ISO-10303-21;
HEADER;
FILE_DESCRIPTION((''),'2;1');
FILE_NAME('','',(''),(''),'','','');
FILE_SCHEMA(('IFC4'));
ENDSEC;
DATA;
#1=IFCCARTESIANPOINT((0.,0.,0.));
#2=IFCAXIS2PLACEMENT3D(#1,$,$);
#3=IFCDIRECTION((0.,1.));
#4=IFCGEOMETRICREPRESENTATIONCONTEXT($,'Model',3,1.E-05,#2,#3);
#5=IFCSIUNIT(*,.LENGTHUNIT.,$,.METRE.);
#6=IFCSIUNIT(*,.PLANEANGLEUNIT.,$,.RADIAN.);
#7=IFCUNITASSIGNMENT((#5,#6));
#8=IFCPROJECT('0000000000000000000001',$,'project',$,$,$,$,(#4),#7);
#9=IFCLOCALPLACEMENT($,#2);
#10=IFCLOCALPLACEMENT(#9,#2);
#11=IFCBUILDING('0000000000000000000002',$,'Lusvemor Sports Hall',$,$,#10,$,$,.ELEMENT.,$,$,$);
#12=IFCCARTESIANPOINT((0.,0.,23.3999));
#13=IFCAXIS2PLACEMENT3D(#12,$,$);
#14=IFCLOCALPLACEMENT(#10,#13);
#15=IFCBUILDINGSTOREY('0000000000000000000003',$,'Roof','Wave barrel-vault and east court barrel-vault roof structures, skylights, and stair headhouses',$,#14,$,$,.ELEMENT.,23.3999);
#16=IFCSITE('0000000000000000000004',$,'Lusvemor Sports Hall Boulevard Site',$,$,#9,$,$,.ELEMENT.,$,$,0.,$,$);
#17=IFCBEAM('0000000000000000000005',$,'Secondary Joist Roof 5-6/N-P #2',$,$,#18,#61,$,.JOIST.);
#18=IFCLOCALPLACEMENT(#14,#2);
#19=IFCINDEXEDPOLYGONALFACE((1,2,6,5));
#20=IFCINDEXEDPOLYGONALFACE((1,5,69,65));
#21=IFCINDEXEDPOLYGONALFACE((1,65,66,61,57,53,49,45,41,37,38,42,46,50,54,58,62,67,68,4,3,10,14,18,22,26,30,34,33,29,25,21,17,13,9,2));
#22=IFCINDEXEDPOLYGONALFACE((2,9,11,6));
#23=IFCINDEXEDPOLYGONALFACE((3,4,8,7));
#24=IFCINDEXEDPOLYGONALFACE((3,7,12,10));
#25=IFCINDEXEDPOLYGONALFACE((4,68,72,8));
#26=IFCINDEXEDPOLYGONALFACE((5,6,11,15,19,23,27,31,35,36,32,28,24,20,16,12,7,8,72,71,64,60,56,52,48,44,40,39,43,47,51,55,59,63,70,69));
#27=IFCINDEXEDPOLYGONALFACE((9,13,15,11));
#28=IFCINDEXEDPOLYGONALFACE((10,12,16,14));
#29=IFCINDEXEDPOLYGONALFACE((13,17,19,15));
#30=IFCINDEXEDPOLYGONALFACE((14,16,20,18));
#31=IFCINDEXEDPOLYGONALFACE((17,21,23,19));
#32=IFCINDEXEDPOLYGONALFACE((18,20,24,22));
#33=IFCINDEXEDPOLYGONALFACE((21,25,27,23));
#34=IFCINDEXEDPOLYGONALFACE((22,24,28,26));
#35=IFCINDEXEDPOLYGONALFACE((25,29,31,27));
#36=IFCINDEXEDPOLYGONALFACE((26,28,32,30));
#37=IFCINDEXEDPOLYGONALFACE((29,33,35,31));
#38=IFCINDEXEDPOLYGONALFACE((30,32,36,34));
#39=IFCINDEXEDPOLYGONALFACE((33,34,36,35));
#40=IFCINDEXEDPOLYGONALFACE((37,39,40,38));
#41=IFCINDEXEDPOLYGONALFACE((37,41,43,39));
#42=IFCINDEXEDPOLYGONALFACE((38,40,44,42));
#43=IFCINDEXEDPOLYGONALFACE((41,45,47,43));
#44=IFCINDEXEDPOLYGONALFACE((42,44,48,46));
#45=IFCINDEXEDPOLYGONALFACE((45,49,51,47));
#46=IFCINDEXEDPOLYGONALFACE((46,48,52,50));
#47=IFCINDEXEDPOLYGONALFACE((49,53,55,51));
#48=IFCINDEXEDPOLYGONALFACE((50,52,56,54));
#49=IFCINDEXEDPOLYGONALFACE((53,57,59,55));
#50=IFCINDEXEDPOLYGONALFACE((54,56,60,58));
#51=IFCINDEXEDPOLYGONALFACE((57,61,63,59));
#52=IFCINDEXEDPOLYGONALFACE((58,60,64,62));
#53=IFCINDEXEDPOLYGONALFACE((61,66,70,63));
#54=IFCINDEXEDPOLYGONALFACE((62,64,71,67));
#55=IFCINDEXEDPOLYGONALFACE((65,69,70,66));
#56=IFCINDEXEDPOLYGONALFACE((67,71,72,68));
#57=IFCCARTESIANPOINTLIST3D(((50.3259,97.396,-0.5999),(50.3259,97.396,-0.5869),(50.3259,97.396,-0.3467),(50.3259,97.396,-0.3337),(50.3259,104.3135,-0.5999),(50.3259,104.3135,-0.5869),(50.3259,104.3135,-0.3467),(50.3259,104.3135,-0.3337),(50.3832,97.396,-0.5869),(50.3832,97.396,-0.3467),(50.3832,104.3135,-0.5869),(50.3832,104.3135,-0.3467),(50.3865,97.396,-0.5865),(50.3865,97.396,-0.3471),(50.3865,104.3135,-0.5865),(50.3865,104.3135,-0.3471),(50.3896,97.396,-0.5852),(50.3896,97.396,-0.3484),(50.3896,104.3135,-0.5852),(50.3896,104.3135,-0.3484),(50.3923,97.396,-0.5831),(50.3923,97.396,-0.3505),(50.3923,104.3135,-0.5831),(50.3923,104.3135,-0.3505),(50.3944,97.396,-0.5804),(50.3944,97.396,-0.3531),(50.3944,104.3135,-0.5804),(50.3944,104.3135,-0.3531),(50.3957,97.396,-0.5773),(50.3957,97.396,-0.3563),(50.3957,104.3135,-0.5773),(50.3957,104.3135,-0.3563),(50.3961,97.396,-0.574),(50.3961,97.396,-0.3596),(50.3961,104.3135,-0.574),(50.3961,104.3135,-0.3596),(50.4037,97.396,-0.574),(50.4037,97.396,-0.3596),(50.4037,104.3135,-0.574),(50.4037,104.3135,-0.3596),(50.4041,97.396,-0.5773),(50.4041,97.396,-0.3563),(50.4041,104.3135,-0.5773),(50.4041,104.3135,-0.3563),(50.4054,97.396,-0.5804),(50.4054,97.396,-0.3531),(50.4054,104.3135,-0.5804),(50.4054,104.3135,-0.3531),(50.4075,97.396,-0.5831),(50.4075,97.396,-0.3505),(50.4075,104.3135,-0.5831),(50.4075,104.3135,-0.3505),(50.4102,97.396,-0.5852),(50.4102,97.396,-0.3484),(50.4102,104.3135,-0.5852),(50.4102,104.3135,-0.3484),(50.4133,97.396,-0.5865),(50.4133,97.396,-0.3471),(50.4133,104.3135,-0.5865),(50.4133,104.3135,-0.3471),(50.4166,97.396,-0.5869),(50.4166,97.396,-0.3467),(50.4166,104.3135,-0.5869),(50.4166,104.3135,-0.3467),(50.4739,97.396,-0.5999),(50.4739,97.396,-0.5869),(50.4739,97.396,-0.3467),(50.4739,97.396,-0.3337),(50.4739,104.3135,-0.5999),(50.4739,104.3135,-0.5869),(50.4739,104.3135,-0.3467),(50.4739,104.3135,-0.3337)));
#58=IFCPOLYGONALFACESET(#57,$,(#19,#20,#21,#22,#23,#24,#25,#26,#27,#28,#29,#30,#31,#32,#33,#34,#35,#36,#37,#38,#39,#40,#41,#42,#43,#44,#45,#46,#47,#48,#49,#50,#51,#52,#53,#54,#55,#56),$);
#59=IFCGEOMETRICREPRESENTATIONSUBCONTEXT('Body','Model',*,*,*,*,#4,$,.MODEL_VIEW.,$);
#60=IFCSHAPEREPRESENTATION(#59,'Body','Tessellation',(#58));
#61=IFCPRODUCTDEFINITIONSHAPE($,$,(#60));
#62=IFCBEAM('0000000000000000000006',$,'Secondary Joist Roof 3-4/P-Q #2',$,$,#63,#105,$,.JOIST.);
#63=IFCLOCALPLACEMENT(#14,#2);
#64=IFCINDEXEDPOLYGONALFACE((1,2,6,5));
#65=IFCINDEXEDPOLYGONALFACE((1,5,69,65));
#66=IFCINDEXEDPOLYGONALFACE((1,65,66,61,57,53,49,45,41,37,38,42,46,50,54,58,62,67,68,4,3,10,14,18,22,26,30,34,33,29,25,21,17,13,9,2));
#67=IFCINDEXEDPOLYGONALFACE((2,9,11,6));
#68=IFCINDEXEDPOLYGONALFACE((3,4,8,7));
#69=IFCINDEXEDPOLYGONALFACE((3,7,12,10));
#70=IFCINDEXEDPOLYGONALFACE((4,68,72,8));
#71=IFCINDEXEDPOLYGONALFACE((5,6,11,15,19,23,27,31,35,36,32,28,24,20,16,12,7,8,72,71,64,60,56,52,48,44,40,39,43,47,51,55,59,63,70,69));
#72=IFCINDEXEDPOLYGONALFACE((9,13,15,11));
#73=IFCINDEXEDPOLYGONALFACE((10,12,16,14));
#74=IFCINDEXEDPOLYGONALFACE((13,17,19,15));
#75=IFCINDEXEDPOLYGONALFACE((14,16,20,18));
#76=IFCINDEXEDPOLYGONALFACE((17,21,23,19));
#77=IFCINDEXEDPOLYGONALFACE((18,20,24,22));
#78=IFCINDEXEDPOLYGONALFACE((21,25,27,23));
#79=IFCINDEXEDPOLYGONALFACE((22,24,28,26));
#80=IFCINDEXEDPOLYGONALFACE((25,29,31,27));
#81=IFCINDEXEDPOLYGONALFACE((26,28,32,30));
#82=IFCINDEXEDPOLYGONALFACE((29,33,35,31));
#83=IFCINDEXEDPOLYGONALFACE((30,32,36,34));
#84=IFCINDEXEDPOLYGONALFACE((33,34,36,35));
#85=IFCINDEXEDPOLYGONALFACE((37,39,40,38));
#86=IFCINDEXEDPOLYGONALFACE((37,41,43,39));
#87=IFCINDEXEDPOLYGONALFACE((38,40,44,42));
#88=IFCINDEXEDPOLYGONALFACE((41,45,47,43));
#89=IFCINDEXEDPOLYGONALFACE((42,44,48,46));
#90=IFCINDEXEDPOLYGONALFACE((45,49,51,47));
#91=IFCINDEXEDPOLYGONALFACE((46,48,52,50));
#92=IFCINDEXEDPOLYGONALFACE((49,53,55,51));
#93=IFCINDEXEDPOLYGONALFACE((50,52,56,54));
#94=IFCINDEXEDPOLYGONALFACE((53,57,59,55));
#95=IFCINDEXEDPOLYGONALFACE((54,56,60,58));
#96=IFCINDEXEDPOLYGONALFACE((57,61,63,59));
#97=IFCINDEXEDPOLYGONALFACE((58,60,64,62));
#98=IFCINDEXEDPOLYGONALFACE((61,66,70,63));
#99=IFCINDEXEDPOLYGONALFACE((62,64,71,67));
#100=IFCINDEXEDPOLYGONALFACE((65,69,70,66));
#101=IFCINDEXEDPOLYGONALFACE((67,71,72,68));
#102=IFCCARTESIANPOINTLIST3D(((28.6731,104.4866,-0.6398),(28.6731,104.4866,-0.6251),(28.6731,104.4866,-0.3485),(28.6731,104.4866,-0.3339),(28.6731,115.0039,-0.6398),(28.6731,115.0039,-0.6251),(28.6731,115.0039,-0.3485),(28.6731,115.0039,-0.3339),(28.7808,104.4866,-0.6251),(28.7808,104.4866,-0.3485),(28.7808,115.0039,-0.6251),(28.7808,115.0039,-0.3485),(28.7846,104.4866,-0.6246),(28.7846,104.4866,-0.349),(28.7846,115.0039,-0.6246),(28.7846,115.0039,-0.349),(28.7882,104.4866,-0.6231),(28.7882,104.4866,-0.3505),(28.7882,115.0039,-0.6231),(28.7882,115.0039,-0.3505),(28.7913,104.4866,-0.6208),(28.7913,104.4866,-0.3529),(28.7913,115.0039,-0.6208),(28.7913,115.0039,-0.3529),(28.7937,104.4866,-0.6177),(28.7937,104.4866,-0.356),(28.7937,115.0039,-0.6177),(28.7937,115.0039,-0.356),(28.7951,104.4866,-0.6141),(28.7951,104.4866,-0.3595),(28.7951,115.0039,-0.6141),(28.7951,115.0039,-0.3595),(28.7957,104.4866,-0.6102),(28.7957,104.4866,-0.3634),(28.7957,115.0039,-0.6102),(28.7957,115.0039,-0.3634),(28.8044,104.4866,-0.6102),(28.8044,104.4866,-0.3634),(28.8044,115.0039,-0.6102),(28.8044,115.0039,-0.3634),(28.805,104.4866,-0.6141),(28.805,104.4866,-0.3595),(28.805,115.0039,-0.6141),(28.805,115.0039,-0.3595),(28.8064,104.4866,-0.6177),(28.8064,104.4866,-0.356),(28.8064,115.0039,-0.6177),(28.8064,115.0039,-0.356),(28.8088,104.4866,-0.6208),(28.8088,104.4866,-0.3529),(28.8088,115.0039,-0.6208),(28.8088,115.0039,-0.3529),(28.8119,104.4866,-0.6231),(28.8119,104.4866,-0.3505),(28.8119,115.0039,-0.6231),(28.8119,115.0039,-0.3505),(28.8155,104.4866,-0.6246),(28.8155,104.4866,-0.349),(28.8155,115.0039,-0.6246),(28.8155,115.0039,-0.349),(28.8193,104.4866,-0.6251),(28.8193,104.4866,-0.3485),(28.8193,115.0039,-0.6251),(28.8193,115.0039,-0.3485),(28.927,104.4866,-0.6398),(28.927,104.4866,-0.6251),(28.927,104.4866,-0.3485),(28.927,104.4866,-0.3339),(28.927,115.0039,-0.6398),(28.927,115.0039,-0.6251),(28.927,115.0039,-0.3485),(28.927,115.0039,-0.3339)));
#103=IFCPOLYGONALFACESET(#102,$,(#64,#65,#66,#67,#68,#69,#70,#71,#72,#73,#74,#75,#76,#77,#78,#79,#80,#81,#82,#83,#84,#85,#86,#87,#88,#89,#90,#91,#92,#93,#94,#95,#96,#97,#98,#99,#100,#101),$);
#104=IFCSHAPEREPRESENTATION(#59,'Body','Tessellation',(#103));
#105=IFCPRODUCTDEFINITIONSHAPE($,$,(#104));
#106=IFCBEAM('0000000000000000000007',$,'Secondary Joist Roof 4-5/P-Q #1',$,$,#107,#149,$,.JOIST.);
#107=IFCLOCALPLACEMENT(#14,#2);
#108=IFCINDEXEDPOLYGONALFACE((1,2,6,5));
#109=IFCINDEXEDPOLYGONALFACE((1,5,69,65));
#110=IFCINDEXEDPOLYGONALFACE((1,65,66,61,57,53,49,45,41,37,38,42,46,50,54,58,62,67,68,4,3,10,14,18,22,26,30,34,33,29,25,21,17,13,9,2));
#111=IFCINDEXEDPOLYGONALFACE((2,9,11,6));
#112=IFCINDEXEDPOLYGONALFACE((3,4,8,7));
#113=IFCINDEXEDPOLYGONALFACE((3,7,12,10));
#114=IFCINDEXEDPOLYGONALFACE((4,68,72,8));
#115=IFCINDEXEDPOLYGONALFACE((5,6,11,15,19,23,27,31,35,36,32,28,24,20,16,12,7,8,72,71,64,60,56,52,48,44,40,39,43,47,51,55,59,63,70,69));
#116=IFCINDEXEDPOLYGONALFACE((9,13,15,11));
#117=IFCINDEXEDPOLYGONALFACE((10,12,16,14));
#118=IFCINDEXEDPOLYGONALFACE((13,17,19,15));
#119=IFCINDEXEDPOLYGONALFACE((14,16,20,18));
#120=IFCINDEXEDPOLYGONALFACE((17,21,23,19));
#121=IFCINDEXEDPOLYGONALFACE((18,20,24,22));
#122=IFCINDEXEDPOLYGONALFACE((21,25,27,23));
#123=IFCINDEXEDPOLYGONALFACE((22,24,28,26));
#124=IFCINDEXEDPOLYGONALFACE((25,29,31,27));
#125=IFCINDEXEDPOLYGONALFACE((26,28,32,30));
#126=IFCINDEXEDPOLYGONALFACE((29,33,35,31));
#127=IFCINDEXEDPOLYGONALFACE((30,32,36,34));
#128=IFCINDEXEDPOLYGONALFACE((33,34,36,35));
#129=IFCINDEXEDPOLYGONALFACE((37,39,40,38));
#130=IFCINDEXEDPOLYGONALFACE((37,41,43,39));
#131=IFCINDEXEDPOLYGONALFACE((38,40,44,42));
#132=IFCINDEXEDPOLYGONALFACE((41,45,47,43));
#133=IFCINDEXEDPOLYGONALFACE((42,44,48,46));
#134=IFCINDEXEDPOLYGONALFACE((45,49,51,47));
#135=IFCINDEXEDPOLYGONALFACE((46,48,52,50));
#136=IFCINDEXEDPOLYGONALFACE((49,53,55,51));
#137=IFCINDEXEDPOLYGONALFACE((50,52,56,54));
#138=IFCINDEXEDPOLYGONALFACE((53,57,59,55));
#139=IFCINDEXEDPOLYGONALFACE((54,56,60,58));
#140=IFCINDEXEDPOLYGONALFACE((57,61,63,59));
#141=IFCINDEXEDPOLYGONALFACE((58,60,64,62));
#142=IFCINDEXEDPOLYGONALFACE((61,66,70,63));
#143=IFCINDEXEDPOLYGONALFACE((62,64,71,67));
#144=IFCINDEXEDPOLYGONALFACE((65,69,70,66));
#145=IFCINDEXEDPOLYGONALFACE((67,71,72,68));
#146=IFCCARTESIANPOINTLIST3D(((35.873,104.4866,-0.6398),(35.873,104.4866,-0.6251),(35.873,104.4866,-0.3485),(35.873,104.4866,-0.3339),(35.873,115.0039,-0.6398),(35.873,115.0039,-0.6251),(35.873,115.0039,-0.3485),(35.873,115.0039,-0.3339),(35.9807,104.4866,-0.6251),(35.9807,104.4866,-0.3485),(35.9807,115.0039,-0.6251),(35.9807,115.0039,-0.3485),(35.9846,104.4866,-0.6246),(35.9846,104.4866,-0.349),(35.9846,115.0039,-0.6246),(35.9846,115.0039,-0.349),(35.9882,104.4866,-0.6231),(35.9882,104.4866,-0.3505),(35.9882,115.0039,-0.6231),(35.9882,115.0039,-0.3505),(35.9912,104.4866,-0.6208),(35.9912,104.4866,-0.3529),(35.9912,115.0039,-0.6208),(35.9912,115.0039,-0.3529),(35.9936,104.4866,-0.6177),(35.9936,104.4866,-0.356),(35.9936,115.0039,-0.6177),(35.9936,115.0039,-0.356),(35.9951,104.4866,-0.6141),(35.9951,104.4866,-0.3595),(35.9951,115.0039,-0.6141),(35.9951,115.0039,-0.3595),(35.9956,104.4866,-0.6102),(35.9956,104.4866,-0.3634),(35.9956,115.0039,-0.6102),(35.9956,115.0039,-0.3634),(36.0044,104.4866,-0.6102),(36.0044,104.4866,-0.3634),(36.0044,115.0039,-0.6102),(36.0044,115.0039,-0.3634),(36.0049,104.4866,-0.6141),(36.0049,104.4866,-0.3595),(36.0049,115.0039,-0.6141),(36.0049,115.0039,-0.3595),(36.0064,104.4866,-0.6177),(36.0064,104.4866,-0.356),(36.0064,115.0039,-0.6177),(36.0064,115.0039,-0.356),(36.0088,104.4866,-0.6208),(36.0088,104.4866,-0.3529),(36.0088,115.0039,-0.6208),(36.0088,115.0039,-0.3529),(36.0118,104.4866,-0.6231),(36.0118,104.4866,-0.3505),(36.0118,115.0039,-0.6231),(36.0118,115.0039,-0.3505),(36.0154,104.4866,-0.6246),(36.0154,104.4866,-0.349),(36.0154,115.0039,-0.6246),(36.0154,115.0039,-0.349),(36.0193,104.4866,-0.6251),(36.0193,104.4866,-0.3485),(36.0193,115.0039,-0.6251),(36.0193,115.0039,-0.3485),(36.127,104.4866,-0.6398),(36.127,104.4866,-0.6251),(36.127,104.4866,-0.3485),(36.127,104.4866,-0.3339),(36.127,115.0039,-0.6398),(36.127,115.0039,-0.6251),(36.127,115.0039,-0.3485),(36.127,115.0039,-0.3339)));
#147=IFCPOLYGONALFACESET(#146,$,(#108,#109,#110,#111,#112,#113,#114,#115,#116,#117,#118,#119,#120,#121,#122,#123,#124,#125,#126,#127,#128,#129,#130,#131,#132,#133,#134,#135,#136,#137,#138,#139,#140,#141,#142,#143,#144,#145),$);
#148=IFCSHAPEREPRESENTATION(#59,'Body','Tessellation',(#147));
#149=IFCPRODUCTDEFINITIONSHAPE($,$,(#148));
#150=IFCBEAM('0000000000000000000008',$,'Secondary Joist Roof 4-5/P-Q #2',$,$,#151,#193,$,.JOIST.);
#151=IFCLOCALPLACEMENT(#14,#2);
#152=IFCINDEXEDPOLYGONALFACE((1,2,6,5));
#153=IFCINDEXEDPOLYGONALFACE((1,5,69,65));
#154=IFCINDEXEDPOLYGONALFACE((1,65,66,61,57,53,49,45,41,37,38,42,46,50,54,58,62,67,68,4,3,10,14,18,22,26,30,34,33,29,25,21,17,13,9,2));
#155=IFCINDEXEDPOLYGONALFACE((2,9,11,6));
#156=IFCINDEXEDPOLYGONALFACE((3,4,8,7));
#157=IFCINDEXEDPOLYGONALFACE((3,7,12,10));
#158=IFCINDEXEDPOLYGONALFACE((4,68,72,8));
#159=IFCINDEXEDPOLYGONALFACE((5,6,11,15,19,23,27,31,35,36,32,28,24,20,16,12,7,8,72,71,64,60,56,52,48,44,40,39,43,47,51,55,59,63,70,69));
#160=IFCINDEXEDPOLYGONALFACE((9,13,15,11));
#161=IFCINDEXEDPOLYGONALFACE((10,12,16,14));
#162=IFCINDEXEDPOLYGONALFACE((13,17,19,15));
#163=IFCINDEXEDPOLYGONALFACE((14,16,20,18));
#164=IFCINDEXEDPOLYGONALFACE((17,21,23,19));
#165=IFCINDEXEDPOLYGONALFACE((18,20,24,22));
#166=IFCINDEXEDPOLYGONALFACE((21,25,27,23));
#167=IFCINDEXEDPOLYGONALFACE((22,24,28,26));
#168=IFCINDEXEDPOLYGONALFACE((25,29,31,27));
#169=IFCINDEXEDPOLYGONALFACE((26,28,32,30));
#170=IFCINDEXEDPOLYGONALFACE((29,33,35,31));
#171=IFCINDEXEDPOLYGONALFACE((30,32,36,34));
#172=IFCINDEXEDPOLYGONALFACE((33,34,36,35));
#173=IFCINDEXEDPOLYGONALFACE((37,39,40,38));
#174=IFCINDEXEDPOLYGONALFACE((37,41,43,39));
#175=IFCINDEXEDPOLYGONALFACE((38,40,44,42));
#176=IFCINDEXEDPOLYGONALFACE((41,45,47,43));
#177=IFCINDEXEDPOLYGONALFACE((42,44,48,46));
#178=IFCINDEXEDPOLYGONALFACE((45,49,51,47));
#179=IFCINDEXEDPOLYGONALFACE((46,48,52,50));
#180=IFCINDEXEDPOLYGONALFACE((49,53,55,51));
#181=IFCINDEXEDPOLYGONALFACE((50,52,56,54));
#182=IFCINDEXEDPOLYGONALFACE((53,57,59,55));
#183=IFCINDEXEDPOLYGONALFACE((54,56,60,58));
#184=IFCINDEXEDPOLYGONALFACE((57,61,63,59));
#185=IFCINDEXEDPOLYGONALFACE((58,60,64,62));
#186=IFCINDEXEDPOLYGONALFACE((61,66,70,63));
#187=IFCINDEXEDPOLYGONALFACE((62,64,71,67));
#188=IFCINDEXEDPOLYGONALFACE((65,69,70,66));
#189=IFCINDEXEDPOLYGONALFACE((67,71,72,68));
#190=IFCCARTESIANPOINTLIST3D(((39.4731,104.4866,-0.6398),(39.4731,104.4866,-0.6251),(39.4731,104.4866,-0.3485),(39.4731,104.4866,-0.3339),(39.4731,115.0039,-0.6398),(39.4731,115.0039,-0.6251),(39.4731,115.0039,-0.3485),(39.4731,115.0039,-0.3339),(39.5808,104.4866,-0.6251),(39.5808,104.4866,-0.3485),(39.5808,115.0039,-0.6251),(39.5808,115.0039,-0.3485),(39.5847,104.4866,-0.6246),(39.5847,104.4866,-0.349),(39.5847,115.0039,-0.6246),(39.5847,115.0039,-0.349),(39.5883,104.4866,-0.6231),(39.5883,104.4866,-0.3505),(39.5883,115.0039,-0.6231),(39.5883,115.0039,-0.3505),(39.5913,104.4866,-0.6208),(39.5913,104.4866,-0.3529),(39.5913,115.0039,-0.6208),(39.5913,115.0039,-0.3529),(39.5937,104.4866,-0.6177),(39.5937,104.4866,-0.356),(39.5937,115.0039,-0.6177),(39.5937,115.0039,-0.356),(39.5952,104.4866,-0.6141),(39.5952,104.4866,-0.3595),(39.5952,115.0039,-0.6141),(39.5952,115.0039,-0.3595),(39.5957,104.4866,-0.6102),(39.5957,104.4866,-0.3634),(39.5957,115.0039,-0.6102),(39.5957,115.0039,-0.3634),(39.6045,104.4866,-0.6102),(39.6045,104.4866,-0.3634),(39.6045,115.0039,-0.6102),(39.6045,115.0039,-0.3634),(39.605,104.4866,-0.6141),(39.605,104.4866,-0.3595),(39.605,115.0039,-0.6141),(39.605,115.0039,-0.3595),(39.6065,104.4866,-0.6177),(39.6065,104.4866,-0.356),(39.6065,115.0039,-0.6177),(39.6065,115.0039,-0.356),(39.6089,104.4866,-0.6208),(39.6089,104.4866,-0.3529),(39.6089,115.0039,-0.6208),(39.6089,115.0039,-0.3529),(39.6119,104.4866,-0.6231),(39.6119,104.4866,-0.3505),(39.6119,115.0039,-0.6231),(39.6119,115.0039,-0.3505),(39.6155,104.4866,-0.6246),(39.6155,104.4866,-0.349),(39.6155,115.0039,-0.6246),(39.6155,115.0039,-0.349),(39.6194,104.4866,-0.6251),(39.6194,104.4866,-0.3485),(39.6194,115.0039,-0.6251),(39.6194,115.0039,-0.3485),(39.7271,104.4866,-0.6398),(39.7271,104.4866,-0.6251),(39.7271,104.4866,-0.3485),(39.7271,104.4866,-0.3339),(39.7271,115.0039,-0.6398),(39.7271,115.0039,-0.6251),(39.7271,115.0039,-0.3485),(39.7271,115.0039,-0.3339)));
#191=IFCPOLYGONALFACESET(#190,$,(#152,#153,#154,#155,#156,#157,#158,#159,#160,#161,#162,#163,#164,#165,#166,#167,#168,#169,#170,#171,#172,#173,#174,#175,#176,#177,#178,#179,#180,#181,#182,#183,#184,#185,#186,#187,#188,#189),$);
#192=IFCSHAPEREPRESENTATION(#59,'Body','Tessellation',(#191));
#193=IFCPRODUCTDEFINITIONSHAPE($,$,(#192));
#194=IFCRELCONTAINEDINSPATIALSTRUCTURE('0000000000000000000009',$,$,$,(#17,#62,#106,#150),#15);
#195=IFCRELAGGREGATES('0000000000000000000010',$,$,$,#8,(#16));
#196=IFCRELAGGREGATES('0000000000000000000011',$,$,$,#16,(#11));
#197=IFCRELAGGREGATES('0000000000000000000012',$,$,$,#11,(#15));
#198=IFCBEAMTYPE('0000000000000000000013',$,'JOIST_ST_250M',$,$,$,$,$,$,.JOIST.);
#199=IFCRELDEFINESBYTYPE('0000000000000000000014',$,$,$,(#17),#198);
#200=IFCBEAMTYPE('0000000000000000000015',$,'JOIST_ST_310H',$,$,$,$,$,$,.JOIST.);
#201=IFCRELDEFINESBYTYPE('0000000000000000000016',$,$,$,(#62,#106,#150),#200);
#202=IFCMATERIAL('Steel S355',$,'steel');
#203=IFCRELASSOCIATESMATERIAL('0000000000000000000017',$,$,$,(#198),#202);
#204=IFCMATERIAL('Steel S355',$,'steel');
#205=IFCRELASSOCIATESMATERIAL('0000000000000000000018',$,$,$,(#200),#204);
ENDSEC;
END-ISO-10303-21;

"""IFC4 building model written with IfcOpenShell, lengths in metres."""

from ifc_helpers import new_model, si_unit, direction, frame, origin, origin_2d, place, context, subcontext, project, spatial, i_section, extrude, material, material_profile, profile_set, type_object, element, save


model = new_model("IFC4")

# Units and contexts
model_context = context("Model", 3, precision=1e-05, world=origin(), true_north=direction((0.0, 1.0)))
body_context = subcontext(model_context, "Body", "Model", "MODEL_VIEW")
ifc_project = project(units=[si_unit("LENGTHUNIT", "METRE"), si_unit("PLANEANGLEUNIT", "RADIAN")], contexts=[model_context])

# Site, building, storey
site_placement = place(None, origin())
site = spatial("IfcSite", under=ifc_project, at=site_placement, Name="Lusvemor Sports Hall Boulevard Site", CompositionType="ELEMENT", RefElevation=0.0)
building_placement = place(site_placement, origin())
building = spatial("IfcBuilding", under=site, at=building_placement, Name="Lusvemor Sports Hall", CompositionType="ELEMENT")
storey_placement = place(building_placement, frame((0.0, 0.0, 23.3999)))
storey = spatial("IfcBuildingStorey", under=building, at=storey_placement, Name="Roof", Description="Wave barrel-vault and east court barrel-vault roof structures, skylights, and stair headhouses", CompositionType="ELEMENT", Elevation=23.3999)

# Beams
ifc_material_1 = material(Name="Steel S355", Category="steel")
ifc_material_profile_1 = material_profile(ifc_material_1, i_section(OverallWidth=0.1479, OverallDepth=0.2661, WebThickness=0.0076, FlangeThickness=0.0129, FilletRadius=0.0129, at=origin_2d()), Name="W250x44.8")
ifc_profile_set_1 = profile_set([ifc_material_profile_1], Name="Steel S355")
beam_type_1 = type_object("IfcBeamType", Name="JOIST_ST_250M", PredefinedType="JOIST", material=ifc_profile_set_1)
for number, where, z_axis, x_axis, name in (
    (1, (50.3999, 97.396, -0.4668), (0.0, 1.0, 0.0), (-1.0, 0.0, 0.0), "Secondary Joist Roof 5-6/N-P #2"),
):
    element("IfcBeam", number, at=place(storey_placement, frame(where, z_axis=z_axis, x_axis=x_axis)), inside=storey, type_object=beam_type_1, Name=name, PredefinedType="JOIST", context=body_context, shape_type="SweptSolid", body=[
        extrude(i_section(OverallWidth=0.1479, OverallDepth=0.2661, WebThickness=0.0076, FlangeThickness=0.0129, FilletRadius=0.0129, at=origin_2d()), origin(), (0.0, 0.0, 1.0), 6.9175),
    ])
ifc_material_2 = material(Name="Steel S355", Category="steel")
ifc_material_profile_2 = material_profile(ifc_material_2, i_section(OverallWidth=0.2539, OverallDepth=0.3059, WebThickness=0.0088, FlangeThickness=0.0146, FilletRadius=0.0149, at=origin_2d()), Name="W310x79.0")
ifc_profile_set_2 = profile_set([ifc_material_profile_2], Name="Steel S355")
beam_type_2 = type_object("IfcBeamType", Name="JOIST_ST_310H", PredefinedType="JOIST", material=ifc_profile_set_2)
for number, where, z_axis, x_axis, name in (
    (2, (28.8, 104.4866, -0.4868), (0.0, 1.0, 0.0), (-1.0, 0.0, 0.0), "Secondary Joist Roof 3-4/P-Q #2"),
    (3, (36.0, 104.4866, -0.4868), (0.0, 1.0, 0.0), (-1.0, 0.0, 0.0), "Secondary Joist Roof 4-5/P-Q #1"),
    (4, (39.6001, 104.4866, -0.4868), (0.0, 1.0, 0.0), (-1.0, 0.0, 0.0), "Secondary Joist Roof 4-5/P-Q #2"),
):
    element("IfcBeam", number, at=place(storey_placement, frame(where, z_axis=z_axis, x_axis=x_axis)), inside=storey, type_object=beam_type_2, Name=name, PredefinedType="JOIST", context=body_context, shape_type="SweptSolid", body=[
        extrude(i_section(OverallWidth=0.2539, OverallDepth=0.3059, WebThickness=0.0088, FlangeThickness=0.0146, FilletRadius=0.0149, at=origin_2d()), origin(), (0.0, 0.0, 1.0), 10.5173),
    ])

save(model, "model.ifc")
